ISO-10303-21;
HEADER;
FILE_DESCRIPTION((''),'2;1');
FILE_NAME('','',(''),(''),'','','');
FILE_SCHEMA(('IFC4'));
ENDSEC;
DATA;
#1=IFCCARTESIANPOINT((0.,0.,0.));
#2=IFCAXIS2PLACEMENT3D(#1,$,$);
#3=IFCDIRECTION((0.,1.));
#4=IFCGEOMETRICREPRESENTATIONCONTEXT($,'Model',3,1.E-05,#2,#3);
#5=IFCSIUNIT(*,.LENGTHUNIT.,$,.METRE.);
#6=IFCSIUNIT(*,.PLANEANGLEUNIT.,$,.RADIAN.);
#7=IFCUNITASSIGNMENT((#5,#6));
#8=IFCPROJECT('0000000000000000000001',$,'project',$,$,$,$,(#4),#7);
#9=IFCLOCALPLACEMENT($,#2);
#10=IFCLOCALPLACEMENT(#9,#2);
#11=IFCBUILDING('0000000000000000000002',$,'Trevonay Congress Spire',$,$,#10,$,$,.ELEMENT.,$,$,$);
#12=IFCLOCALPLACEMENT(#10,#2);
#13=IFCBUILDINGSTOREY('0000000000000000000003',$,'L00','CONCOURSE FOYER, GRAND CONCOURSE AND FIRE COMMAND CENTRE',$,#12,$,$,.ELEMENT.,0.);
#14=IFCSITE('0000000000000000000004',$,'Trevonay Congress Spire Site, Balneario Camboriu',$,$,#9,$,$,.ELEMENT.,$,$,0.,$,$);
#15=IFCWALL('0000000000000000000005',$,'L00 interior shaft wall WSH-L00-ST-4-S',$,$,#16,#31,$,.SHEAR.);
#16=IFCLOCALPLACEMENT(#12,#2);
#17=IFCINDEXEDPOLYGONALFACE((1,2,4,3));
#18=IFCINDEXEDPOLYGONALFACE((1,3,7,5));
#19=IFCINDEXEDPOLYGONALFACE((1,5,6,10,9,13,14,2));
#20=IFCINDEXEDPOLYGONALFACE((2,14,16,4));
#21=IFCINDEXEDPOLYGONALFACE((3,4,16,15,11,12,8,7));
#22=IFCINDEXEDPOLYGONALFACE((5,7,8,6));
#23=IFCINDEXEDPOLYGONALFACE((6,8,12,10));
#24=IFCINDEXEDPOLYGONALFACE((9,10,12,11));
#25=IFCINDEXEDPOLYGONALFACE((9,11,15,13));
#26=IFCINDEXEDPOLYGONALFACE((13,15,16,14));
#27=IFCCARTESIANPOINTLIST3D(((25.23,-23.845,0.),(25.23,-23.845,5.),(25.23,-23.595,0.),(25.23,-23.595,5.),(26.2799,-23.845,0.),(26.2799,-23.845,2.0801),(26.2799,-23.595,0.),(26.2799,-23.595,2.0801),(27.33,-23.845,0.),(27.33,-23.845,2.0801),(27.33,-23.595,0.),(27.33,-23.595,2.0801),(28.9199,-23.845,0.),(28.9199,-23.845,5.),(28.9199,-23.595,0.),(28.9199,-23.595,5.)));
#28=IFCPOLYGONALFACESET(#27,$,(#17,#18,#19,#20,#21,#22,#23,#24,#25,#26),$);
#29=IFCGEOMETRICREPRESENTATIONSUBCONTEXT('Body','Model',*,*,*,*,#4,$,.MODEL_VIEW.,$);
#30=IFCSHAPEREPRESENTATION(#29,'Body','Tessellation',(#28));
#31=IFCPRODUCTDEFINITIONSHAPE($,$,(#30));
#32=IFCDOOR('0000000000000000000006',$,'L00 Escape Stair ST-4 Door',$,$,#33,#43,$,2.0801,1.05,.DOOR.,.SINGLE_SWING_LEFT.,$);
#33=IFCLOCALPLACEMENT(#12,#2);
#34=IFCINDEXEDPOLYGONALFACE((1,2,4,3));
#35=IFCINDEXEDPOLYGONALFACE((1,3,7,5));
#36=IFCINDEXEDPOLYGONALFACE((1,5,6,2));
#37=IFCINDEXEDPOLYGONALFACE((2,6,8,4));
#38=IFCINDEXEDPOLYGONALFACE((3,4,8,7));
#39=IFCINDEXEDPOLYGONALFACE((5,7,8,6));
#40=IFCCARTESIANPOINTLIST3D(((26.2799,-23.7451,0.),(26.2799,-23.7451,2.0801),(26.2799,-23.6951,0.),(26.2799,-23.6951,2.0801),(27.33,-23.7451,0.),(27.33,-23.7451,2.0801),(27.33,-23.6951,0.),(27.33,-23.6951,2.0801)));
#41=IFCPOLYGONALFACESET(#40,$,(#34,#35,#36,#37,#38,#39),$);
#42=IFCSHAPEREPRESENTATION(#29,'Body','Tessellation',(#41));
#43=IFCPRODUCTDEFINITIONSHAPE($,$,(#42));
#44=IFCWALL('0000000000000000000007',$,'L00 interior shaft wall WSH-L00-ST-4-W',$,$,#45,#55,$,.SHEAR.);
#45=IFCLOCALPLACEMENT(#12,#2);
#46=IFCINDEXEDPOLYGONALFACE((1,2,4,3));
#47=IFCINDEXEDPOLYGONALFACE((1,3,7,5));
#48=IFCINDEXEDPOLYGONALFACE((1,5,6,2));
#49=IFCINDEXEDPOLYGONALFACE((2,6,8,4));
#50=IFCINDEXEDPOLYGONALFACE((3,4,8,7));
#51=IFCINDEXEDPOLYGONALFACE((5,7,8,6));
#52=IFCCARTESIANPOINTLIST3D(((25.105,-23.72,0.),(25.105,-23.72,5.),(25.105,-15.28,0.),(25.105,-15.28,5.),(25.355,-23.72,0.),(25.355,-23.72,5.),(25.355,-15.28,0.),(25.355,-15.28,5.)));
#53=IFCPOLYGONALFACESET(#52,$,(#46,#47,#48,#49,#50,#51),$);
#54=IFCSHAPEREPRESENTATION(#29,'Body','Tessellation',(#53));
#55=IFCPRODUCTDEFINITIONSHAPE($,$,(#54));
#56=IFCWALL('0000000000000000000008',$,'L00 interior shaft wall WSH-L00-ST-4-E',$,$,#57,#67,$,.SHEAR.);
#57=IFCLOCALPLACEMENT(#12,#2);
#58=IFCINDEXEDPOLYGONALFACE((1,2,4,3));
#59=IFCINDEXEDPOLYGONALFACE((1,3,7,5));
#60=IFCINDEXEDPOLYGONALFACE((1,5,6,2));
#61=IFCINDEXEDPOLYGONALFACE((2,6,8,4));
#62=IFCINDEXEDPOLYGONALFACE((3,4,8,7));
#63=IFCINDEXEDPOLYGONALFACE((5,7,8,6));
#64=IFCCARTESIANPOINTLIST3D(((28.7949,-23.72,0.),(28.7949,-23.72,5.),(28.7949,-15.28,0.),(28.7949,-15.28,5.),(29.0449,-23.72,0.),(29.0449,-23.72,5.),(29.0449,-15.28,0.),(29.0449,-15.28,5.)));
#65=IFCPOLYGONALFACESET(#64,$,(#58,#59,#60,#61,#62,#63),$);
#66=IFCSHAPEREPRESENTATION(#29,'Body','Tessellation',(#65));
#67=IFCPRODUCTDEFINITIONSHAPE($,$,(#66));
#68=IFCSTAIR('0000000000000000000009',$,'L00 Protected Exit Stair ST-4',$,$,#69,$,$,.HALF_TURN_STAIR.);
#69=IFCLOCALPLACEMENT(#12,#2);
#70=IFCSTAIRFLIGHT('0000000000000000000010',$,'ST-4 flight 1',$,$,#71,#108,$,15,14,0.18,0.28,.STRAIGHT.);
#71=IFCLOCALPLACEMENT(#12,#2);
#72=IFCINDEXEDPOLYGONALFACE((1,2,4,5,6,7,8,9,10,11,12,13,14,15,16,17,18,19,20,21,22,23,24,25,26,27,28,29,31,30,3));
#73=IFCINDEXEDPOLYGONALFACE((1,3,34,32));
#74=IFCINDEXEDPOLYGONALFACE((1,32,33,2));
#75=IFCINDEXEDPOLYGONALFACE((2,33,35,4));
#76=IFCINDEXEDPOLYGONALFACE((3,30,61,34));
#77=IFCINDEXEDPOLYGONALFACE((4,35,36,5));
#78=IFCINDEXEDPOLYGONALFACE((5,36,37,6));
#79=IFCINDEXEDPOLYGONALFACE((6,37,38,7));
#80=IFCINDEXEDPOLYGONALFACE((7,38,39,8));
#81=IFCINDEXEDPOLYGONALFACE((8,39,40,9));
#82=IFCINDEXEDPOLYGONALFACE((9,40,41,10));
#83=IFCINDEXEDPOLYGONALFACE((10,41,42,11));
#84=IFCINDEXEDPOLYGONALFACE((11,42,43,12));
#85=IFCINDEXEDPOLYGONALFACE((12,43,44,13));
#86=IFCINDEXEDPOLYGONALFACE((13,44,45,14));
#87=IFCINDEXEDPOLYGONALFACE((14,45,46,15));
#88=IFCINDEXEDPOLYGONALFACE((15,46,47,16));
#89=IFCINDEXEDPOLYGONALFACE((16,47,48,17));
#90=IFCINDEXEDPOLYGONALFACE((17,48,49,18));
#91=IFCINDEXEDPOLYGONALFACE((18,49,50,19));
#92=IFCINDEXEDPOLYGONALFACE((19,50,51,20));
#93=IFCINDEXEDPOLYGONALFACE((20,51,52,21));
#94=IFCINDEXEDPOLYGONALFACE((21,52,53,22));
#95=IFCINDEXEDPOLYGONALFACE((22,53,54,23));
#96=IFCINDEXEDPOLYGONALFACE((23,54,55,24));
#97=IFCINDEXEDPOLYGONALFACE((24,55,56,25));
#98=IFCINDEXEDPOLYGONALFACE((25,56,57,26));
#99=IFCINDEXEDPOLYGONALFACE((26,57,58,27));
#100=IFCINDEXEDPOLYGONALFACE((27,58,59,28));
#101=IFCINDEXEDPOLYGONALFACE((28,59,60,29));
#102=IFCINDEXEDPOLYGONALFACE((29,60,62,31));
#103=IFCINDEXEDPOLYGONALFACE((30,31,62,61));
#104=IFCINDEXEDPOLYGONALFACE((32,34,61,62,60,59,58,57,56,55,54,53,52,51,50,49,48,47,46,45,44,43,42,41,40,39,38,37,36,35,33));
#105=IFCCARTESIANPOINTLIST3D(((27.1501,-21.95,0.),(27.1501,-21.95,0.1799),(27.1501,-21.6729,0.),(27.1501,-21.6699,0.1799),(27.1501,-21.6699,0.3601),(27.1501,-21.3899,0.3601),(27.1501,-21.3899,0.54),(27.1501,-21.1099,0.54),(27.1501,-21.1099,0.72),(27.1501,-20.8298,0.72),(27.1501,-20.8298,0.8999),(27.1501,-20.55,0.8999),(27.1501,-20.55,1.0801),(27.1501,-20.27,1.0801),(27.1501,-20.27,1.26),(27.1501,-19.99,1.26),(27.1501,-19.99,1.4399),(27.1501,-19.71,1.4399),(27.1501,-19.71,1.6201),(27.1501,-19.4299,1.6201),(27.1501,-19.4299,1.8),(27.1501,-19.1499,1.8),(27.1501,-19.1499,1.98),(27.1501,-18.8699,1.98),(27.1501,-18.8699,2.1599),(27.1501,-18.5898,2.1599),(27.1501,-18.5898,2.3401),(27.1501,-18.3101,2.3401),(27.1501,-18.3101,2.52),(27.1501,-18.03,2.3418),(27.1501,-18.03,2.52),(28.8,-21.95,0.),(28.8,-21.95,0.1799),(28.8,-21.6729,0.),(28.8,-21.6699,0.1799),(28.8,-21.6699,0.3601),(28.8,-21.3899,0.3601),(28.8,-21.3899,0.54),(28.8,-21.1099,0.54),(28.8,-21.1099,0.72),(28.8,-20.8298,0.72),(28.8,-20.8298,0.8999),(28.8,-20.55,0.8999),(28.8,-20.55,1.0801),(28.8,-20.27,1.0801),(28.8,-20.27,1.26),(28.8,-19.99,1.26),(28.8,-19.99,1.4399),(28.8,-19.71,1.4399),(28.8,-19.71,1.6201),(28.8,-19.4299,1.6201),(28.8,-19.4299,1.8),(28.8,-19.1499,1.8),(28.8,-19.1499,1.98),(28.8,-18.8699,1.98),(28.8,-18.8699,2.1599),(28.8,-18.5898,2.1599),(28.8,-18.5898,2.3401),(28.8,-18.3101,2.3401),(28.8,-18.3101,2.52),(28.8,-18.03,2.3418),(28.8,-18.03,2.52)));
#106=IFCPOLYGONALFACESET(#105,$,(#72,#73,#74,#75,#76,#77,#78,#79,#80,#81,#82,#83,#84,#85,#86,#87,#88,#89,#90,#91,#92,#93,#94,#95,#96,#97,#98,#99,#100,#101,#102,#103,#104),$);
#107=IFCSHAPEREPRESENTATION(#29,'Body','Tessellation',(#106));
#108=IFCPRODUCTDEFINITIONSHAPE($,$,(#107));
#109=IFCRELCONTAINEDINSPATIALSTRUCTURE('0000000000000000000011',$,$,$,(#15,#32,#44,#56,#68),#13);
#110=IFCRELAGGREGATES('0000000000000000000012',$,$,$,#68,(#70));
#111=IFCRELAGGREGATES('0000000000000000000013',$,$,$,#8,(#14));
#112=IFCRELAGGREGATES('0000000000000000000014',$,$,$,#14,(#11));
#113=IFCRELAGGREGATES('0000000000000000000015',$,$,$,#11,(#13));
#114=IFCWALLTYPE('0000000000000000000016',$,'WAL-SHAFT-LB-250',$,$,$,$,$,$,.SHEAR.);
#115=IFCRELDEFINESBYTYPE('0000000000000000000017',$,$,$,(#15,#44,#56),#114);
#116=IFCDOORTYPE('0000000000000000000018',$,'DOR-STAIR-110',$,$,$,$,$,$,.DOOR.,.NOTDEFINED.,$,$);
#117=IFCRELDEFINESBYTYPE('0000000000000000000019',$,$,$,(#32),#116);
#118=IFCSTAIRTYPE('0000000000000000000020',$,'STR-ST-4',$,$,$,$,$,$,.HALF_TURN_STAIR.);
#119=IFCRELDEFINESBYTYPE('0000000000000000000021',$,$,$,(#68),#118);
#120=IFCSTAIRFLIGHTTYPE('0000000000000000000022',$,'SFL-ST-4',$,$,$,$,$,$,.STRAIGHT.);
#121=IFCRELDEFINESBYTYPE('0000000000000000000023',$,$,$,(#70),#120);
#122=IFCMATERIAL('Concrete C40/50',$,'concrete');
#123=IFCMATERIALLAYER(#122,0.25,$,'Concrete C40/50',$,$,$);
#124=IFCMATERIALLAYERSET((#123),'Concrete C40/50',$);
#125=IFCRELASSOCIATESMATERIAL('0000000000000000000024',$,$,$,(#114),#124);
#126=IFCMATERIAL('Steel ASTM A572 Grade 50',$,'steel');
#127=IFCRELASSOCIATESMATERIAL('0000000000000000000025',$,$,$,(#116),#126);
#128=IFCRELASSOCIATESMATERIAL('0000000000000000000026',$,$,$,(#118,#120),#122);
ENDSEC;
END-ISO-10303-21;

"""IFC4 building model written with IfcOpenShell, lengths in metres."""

from ifc_helpers import new_model, si_unit, direction, frame, frame_2d, origin, place, context, subcontext, project, spatial, polyline, rectangle, outline, extrude, material, layer, layer_set, type_object, element, fill, aggregate, save


model = new_model("IFC4")

# Units and contexts
model_context = context("Model", 3, precision=1e-05, world=origin(), true_north=direction((0.0, 1.0)))
body_context = subcontext(model_context, "Body", "Model", "MODEL_VIEW")
ifc_project = project(units=[si_unit("LENGTHUNIT", "METRE"), si_unit("PLANEANGLEUNIT", "RADIAN")], contexts=[model_context])

# Site, building, storey
site_placement = place(None, origin())
site = spatial("IfcSite", under=ifc_project, at=site_placement, Name="Trevonay Congress Spire Site, Balneario Camboriu", CompositionType="ELEMENT", RefElevation=0.0)
building_placement = place(site_placement, origin())
building = spatial("IfcBuilding", under=site, at=building_placement, Name="Trevonay Congress Spire", CompositionType="ELEMENT")
storey_placement = place(building_placement, origin())
storey = spatial("IfcBuildingStorey", under=building, at=storey_placement, Name="L00", Description="CONCOURSE FOYER, GRAND CONCOURSE AND FIRE COMMAND CENTRE", CompositionType="ELEMENT", Elevation=0.0)

# Wall, opening, door
ifc_material_1 = material(Name="Concrete C40/50", Category="concrete")
ifc_layer_1 = layer(ifc_material_1, 0.25, Name="Concrete C40/50")
ifc_layer_set_1 = layer_set([ifc_layer_1], Name="Concrete C40/50")
wall_type_1 = type_object("IfcWallType", Name="WAL-SHAFT-LB-250", PredefinedType="SHEAR", material=ifc_layer_set_1)
wall_1_placement = place(storey_placement, frame((25.23, -23.72, 0.0), z_axis=(0.0, 0.0, 1.0), x_axis=(1.0, 0.0, 0.0)))
wall_1 = element("IfcWall", 1, at=wall_1_placement, inside=storey, type_object=wall_type_1, Name="L00 interior shaft wall WSH-L00-ST-4-S", PredefinedType="SHEAR", context=body_context, shape_type="SweptSolid", body=[
    extrude(rectangle(XDim=3.6899, YDim=0.25, at=frame_2d((1.845, 0.0))), origin(), (0.0, 0.0, 1.0), 5.0),
])
opening_1_placement = place(wall_1_placement, frame((1.05, 0.0, 0.0)))
opening_1 = element("IfcOpeningElement", 2, at=opening_1_placement, cuts=wall_1, PredefinedType="OPENING", context=body_context, shape_type="SweptSolid", body=[
    extrude(rectangle(XDim=1.05, YDim=2.0801, at=frame_2d((0.5249, 1.04))), frame((0.0, 0.135, 0.0), z_axis=(0.0, -1.0, 0.0), x_axis=(1.0, 0.0, 0.0)), (0.0, 0.0, 1.0), 0.27),
])
ifc_material_2 = material(Name="Steel ASTM A572 Grade 50", Category="steel")
door_type_1 = type_object("IfcDoorType", Name="DOR-STAIR-110", OperationType="NOTDEFINED", PredefinedType="DOOR", material=ifc_material_2)
door_1_placement = place(opening_1_placement, origin())
door_1 = element("IfcDoor", 3, at=door_1_placement, inside=storey, type_object=door_type_1, Name="L00 Escape Stair ST-4 Door", OperationType="SINGLE_SWING_LEFT", OverallHeight=2.0801, OverallWidth=1.05, PredefinedType="DOOR", context=body_context, shape_type="SweptSolid", body=[
    extrude(rectangle(XDim=1.05, YDim=2.0801, at=frame_2d((0.5249, 1.04))), frame((0.0, 0.0249, 0.0), z_axis=(0.0, -1.0, 0.0), x_axis=(1.0, 0.0, 0.0)), (0.0, 0.0, 1.0), 0.05),
])
fill(opening_1, door_1)

# Walls
for number, where, z_axis, x_axis, name in (
    (4, (25.23, -23.72, 0.0), (0.0, 0.0, 1.0), (0.0, 1.0, 0.0), "L00 interior shaft wall WSH-L00-ST-4-W"),
    (5, (28.9199, -23.72, 0.0), (0.0, 0.0, 1.0), (0.0, 1.0, 0.0), "L00 interior shaft wall WSH-L00-ST-4-E"),
):
    element("IfcWall", number, at=place(storey_placement, frame(where, z_axis=z_axis, x_axis=x_axis)), inside=storey, type_object=wall_type_1, Name=name, PredefinedType="SHEAR", context=body_context, shape_type="SweptSolid", body=[
        extrude(rectangle(XDim=8.4399, YDim=0.25, at=frame_2d((4.22, 0.0))), origin(), (0.0, 0.0, 1.0), 5.0),
    ])

# Stair, stair flight
stair_type = type_object("IfcStairType", Name="STR-ST-4", PredefinedType="HALF_TURN_STAIR", material=ifc_material_1)
stair_placement = place(storey_placement, origin())
stair = element("IfcStair", 6, at=stair_placement, inside=storey, type_object=stair_type, Name="L00 Protected Exit Stair ST-4", PredefinedType="HALF_TURN_STAIR")
stair_flight_type = type_object("IfcStairFlightType", Name="SFL-ST-4", PredefinedType="STRAIGHT", material=ifc_material_1)
stair_flight_placement = place(storey_placement, frame((27.9751, -21.95, 0.0), z_axis=(0.0, 0.0, 1.0), x_axis=(0.0, 1.0, 0.0)))
stair_flight = element("IfcStairFlight", 7, at=stair_flight_placement, type_object=stair_flight_type, Name="ST-4 flight 1", NumberOfRisers=15, NumberOfTreads=14, PredefinedType="STRAIGHT", RiserHeight=0.18, TreadLength=0.28, context=body_context, shape_type="SweptSolid", body=[
    extrude(outline(polyline([(0.0, 0.0), (0.0, 0.1799), (0.28, 0.1799), (0.28, 0.3601), (0.5601, 0.3601), (0.5601, 0.54), (0.8401, 0.54), (0.8401, 0.72), (1.1201, 0.72), (1.1201, 0.8999), (1.3999, 0.8999), (1.3999, 1.0801), (1.6799, 1.0801), (1.6799, 1.26), (1.96, 1.26), (1.96, 1.4399), (2.24, 1.4399), (2.24, 1.6201), (2.52, 1.6201), (2.52, 1.8), (2.8, 1.8), (2.8, 1.98), (3.0801, 1.98), (3.0801, 2.1599), (3.3601, 2.1599), (3.3601, 2.3401), (3.6399, 2.3401), (3.6399, 2.52), (3.9199, 2.52), (3.9199, 2.7), (3.9199, 2.3418), (0.2771, 0.0), (0.0, 0.0)])), frame((0.0, 0.825, 0.0), z_axis=(0.0, -1.0, 0.0), x_axis=(1.0, 0.0, 0.0)), (0.0, 0.0, 1.0), 1.6499),
])
aggregate(stair, [stair_flight])

save(model, "model.ifc")
